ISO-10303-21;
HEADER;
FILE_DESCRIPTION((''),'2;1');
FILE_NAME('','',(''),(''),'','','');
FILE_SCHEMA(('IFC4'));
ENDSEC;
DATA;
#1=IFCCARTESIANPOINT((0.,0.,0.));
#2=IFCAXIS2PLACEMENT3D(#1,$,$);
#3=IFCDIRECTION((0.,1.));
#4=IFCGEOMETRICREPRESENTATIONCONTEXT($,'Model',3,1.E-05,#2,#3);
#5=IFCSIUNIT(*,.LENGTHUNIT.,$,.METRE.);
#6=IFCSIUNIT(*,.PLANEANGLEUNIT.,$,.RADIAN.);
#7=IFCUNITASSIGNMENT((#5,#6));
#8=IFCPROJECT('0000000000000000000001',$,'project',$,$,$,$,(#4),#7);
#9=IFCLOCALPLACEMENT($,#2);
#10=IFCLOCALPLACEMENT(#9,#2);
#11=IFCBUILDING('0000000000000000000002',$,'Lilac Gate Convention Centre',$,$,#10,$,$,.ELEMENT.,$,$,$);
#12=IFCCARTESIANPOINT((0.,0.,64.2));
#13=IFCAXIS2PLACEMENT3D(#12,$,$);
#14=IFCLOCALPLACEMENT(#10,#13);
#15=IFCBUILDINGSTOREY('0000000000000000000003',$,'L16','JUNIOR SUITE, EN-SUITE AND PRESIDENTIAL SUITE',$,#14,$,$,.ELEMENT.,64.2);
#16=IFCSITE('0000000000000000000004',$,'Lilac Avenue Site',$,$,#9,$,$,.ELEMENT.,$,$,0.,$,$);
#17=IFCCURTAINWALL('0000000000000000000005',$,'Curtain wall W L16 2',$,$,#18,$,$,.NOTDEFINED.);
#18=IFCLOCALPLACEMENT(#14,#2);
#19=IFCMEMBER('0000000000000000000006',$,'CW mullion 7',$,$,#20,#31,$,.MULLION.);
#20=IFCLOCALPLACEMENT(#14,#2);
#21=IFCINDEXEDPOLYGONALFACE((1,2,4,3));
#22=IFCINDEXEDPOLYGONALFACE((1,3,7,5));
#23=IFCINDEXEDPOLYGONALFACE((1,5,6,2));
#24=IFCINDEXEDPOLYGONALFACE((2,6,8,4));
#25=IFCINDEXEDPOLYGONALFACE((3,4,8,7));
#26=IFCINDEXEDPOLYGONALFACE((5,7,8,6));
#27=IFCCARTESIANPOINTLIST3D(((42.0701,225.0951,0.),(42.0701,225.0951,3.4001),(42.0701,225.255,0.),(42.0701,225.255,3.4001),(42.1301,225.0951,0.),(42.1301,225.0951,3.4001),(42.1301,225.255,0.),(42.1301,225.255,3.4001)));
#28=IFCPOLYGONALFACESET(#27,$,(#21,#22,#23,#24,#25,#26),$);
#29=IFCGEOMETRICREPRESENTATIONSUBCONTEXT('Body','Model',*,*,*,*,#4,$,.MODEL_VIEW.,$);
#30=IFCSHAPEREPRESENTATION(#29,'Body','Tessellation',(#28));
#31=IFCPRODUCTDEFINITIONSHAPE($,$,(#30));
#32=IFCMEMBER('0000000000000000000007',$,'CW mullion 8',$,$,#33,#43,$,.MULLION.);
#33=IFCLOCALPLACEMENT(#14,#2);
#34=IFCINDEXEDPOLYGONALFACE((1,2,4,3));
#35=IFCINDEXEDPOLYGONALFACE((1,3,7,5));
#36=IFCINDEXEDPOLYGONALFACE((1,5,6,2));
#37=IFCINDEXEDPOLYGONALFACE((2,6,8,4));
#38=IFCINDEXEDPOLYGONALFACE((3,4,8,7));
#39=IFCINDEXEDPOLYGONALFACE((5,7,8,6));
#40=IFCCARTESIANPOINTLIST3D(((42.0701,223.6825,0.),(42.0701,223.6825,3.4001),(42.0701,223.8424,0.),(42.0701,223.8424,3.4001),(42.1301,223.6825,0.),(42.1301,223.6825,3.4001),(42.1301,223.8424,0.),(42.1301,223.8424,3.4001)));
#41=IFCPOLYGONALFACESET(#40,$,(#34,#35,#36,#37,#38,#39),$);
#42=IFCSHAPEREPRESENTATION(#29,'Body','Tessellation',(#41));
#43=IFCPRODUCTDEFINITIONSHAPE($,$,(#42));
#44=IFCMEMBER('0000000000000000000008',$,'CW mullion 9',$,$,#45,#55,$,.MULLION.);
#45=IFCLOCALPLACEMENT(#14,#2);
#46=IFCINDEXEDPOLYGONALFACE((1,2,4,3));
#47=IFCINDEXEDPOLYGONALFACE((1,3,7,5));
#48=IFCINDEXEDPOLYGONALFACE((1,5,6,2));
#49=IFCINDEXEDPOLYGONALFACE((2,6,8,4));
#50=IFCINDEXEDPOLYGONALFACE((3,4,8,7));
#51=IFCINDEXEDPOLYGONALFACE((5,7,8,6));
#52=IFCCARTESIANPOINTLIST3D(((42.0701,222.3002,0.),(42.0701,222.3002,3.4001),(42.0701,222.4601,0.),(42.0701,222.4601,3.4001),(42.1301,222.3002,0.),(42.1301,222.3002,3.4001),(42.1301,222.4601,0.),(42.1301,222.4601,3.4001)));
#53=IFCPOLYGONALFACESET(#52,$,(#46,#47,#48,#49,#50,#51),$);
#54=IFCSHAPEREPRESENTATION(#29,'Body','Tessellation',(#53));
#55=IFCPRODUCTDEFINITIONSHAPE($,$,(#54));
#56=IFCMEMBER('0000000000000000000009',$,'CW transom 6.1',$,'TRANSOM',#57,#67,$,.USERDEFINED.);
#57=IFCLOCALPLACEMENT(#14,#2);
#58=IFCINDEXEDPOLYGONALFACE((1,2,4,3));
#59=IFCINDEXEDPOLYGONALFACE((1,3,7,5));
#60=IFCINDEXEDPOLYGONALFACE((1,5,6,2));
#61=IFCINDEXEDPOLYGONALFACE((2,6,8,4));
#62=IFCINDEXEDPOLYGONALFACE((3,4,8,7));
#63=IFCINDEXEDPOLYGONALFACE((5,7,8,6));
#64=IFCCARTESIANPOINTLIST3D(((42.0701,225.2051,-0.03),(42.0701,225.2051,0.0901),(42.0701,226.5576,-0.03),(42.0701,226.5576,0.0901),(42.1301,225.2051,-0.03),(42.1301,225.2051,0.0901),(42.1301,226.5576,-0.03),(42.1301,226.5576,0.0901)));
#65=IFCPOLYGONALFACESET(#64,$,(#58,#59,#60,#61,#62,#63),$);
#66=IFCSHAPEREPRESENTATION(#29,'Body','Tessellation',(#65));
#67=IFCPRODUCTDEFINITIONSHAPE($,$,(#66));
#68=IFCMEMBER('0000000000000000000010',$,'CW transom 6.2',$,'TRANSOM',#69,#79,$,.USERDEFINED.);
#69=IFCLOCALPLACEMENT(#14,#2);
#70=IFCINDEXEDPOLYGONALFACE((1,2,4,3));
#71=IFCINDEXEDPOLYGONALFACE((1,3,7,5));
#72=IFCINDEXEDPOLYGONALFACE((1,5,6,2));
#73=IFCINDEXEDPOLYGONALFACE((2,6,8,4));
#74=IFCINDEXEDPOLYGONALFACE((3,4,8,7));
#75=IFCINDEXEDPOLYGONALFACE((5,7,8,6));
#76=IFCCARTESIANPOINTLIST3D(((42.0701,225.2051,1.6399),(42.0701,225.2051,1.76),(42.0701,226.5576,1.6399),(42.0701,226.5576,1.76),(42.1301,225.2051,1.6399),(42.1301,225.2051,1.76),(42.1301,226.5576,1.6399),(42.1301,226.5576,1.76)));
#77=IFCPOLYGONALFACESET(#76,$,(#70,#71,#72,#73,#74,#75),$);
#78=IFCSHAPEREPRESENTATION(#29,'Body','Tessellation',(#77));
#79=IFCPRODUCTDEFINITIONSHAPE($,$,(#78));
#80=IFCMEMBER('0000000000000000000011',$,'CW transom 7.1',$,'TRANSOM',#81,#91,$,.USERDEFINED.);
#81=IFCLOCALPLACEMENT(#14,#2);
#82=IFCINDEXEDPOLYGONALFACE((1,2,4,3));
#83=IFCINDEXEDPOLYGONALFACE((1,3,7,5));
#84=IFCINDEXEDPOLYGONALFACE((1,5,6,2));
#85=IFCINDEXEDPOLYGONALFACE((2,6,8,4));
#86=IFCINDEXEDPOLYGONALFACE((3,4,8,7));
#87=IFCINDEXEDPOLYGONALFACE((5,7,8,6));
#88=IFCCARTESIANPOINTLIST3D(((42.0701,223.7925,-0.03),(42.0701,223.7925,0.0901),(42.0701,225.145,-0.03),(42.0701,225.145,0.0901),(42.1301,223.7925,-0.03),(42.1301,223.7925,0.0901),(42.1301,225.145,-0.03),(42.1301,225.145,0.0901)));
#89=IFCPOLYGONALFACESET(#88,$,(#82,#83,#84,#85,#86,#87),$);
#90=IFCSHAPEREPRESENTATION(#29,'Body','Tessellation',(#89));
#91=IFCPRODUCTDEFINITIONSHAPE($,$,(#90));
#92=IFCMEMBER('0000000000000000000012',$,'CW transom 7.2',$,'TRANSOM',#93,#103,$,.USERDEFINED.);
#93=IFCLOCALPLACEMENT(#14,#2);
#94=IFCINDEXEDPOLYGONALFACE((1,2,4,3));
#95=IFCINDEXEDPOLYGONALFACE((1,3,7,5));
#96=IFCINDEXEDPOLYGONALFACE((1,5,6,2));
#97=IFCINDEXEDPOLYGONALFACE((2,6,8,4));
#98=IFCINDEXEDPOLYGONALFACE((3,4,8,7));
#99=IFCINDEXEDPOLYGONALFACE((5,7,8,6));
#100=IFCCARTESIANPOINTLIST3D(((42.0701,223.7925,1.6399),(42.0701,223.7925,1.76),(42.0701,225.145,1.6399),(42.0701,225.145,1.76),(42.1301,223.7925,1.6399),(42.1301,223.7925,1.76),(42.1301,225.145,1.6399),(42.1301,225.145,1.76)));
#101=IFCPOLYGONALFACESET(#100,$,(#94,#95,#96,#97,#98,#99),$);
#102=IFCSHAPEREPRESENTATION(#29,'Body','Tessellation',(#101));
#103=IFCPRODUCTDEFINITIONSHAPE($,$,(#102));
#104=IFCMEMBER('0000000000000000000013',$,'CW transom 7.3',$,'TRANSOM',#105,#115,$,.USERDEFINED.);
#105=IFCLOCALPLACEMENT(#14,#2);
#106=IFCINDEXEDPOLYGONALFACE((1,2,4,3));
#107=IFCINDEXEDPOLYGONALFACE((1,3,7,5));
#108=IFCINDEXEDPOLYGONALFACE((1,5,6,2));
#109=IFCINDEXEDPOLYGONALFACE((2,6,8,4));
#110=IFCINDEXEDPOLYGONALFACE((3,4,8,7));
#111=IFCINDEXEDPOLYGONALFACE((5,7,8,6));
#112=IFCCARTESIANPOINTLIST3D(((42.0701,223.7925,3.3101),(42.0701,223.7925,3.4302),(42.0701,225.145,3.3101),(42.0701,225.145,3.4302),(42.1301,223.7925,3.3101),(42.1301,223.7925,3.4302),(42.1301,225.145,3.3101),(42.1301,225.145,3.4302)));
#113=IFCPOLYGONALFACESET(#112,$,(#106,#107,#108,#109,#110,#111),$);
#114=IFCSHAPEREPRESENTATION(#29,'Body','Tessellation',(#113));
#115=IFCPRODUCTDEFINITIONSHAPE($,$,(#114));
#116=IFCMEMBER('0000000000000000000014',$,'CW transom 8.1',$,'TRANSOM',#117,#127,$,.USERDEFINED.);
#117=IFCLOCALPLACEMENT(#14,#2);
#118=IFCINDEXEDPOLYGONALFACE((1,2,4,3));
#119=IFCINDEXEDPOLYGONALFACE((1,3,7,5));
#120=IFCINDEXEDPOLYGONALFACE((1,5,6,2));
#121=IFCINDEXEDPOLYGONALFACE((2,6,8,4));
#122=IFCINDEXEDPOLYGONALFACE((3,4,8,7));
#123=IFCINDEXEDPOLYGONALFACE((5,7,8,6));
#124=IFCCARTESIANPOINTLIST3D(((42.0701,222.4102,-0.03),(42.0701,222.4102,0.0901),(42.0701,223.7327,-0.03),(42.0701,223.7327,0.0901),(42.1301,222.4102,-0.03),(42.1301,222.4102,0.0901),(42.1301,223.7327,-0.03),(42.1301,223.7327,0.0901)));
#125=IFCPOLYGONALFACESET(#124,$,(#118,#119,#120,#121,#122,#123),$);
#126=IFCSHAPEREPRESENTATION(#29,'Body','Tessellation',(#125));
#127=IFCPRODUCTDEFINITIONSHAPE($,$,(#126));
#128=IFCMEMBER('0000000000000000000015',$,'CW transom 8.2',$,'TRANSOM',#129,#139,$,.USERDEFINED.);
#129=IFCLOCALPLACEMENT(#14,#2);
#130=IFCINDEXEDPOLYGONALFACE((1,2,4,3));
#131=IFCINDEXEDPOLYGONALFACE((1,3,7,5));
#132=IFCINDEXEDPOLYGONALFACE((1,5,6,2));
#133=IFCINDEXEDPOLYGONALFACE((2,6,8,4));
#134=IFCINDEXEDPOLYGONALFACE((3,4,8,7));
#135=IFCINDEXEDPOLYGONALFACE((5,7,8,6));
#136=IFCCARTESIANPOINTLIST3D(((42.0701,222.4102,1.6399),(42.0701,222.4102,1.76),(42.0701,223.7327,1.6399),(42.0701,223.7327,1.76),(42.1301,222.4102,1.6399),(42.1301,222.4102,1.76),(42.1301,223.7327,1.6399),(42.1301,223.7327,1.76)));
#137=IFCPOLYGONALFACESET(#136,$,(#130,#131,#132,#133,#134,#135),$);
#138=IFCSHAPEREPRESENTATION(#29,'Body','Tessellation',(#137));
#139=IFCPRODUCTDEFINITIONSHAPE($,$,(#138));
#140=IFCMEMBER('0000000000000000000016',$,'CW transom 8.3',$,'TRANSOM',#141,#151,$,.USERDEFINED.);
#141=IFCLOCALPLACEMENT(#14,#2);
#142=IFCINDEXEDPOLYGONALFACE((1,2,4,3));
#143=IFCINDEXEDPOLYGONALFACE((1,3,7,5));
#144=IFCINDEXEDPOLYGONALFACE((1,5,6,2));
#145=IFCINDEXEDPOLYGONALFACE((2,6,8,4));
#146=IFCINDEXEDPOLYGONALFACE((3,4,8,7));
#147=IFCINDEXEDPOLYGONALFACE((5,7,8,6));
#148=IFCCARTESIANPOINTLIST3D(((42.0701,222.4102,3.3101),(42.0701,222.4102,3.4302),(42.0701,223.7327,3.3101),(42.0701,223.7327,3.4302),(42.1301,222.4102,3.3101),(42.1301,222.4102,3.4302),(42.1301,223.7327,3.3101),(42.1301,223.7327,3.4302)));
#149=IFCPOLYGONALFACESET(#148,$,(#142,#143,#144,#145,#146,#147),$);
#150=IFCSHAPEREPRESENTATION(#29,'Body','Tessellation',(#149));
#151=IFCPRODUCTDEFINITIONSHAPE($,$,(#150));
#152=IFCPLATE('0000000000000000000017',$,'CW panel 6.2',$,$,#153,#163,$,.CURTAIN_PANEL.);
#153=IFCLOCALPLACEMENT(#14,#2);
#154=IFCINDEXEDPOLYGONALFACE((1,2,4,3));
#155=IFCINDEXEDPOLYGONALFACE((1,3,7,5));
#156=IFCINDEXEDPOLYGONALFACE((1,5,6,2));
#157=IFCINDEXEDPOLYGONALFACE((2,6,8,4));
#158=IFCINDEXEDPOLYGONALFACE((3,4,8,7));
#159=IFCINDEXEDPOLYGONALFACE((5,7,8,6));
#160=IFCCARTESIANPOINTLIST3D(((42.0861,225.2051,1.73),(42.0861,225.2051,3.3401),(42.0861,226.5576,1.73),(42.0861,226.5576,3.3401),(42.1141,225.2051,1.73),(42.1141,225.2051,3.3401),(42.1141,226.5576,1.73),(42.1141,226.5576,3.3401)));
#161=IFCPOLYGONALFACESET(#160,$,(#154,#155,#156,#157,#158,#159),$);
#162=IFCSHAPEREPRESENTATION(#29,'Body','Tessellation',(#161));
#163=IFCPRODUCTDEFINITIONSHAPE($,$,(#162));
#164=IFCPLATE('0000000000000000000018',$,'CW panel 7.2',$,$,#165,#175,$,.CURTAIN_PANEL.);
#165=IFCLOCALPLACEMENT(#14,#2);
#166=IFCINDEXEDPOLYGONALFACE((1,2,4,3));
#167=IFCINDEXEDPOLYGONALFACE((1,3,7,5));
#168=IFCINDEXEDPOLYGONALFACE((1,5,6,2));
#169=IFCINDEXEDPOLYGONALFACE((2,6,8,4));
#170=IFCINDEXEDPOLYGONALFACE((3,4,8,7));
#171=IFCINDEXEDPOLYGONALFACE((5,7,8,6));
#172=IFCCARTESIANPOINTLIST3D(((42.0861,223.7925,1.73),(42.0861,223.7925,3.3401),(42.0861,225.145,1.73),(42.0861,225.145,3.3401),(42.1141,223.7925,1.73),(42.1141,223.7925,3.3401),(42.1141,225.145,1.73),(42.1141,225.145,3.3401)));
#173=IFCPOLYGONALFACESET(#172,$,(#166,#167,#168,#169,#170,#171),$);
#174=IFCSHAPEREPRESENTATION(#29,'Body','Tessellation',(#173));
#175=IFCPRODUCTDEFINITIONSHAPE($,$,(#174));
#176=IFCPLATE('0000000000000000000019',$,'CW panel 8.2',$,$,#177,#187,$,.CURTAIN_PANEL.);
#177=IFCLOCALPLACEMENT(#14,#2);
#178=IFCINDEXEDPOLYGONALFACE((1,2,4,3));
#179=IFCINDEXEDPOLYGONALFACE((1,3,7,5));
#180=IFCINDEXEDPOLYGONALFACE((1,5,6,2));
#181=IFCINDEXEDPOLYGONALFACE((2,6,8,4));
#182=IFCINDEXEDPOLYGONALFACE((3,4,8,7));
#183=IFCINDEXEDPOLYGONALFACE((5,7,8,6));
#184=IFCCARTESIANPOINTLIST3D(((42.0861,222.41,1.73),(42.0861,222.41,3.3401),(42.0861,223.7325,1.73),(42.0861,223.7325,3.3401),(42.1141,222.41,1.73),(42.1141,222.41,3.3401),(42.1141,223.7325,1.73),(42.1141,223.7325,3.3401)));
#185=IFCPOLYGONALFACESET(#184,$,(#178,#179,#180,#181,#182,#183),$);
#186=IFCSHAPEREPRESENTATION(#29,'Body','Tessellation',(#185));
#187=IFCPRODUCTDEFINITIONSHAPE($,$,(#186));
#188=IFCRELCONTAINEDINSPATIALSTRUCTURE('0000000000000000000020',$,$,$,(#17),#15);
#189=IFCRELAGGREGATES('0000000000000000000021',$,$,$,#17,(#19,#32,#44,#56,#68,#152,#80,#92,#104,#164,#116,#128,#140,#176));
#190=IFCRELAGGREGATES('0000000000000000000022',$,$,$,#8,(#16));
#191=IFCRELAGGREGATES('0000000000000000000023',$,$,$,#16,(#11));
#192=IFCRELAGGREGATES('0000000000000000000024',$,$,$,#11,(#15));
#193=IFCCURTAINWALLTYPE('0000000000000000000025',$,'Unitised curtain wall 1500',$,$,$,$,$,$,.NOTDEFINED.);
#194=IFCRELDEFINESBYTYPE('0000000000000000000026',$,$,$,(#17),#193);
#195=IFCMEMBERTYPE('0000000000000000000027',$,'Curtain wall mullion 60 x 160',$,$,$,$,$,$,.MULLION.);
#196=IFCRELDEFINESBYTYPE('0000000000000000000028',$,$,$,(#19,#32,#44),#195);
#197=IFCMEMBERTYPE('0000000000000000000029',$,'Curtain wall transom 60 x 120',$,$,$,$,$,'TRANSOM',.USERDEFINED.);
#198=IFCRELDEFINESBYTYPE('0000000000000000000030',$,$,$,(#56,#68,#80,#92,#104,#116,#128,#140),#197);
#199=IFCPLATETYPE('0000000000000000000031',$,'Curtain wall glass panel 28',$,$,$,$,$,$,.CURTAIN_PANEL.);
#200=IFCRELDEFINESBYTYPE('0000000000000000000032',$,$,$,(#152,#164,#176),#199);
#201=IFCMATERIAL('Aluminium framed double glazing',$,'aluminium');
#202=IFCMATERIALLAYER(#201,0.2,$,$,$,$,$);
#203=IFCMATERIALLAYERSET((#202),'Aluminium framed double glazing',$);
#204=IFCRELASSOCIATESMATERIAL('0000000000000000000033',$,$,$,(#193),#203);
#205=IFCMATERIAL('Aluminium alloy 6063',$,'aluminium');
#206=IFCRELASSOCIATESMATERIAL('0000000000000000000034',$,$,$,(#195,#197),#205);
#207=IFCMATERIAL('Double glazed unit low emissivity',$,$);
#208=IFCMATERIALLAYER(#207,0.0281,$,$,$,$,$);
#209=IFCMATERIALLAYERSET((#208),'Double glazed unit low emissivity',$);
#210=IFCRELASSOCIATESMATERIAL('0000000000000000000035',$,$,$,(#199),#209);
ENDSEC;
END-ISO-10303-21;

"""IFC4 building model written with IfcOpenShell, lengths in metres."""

from ifc_helpers import new_model, si_unit, direction, frame, origin, origin_2d, place, context, subcontext, project, spatial, rectangle, extrude, material, layer, layer_set, material_profile, profile_set, type_object, element, aggregate, save


model = new_model("IFC4")

# Units and contexts
model_context = context("Model", 3, precision=1e-05, world=origin(), true_north=direction((0.0, 1.0)))
body_context = subcontext(model_context, "Body", "Model", "MODEL_VIEW")
ifc_project = project(units=[si_unit("LENGTHUNIT", "METRE"), si_unit("PLANEANGLEUNIT", "RADIAN")], contexts=[model_context])

# Site, building, storey
site_placement = place(None, origin())
site = spatial("IfcSite", under=ifc_project, at=site_placement, Name="Lilac Avenue Site", CompositionType="ELEMENT", RefElevation=0.0)
building_placement = place(site_placement, origin())
building = spatial("IfcBuilding", under=site, at=building_placement, Name="Lilac Gate Convention Centre", CompositionType="ELEMENT")
storey_placement = place(building_placement, frame((0.0, 0.0, 64.2)))
storey = spatial("IfcBuildingStorey", under=building, at=storey_placement, Name="L16", Description="JUNIOR SUITE, EN-SUITE AND PRESIDENTIAL SUITE", CompositionType="ELEMENT", Elevation=64.2)

# Curtain wall, members, plates
ifc_material_1 = material(Name="Aluminium framed double glazing", Category="aluminium")
ifc_layer_1 = layer(ifc_material_1, 0.2)
ifc_layer_set_1 = layer_set([ifc_layer_1], Name="Aluminium framed double glazing")
curtain_wall_type = type_object("IfcCurtainWallType", Name="Unitised curtain wall 1500", PredefinedType="NOTDEFINED", material=ifc_layer_set_1)
curtain_wall_placement = place(storey_placement, origin())
curtain_wall = element("IfcCurtainWall", 1, at=curtain_wall_placement, inside=storey, type_object=curtain_wall_type, Name="Curtain wall W L16 2", PredefinedType="NOTDEFINED")
ifc_material_2 = material(Name="Aluminium alloy 6063", Category="aluminium")
ifc_material_profile_1 = material_profile(ifc_material_2, rectangle(XDim=0.0601, YDim=0.1599, at=origin_2d()), Name="Curtain wall mullion 60 x 160")
ifc_profile_set_1 = profile_set([ifc_material_profile_1], Name="Aluminium alloy 6063")
member_type_1 = type_object("IfcMemberType", Name="Curtain wall mullion 60 x 160", PredefinedType="MULLION", material=ifc_profile_set_1)
member_1_placement = place(storey_placement, frame((42.1001, 225.175, 0.0), z_axis=(0.0, 0.0, 1.0), x_axis=(1.0, 0.0, 0.0)))
member_1 = element("IfcMember", 2, at=member_1_placement, type_object=member_type_1, Name="CW mullion 7", PredefinedType="MULLION", context=body_context, shape_type="SweptSolid", body=[
    extrude(rectangle(XDim=0.0601, YDim=0.1599, at=origin_2d()), origin(), (0.0, 0.0, 1.0), 3.4001),
])
member_2_placement = place(storey_placement, frame((42.1001, 223.7625, 0.0), z_axis=(0.0, 0.0, 1.0), x_axis=(1.0, 0.0, 0.0)))
member_2 = element("IfcMember", 3, at=member_2_placement, type_object=member_type_1, Name="CW mullion 8", PredefinedType="MULLION", context=body_context, shape_type="SweptSolid", body=[
    extrude(rectangle(XDim=0.0601, YDim=0.1599, at=origin_2d()), origin(), (0.0, 0.0, 1.0), 3.4001),
])
member_3_placement = place(storey_placement, frame((42.1001, 222.3801, 0.0), z_axis=(0.0, 0.0, 1.0), x_axis=(1.0, 0.0, 0.0)))
member_3 = element("IfcMember", 4, at=member_3_placement, type_object=member_type_1, Name="CW mullion 9", PredefinedType="MULLION", context=body_context, shape_type="SweptSolid", body=[
    extrude(rectangle(XDim=0.0601, YDim=0.1599, at=origin_2d()), origin(), (0.0, 0.0, 1.0), 3.4001),
])
ifc_material_profile_2 = material_profile(ifc_material_2, rectangle(XDim=0.0601, YDim=0.1201, at=origin_2d()), Name="Curtain wall transom 60 x 120")
ifc_profile_set_2 = profile_set([ifc_material_profile_2], Name="Aluminium alloy 6063")
member_type_2 = type_object("IfcMemberType", Name="Curtain wall transom 60 x 120", ElementType="TRANSOM", PredefinedType="USERDEFINED", material=ifc_profile_set_2)
member_4_placement = place(storey_placement, frame((42.1001, 226.5576, 0.03), z_axis=(0.0, -1.0, 0.0), x_axis=(1.0, 0.0, 0.0)))
member_4 = element("IfcMember", 5, at=member_4_placement, type_object=member_type_2, Name="CW transom 6.1", ObjectType="TRANSOM", PredefinedType="USERDEFINED", context=body_context, shape_type="SweptSolid", body=[
    extrude(rectangle(XDim=0.0601, YDim=0.1201, at=origin_2d()), origin(), (0.0, 0.0, 1.0), 1.3525),
])
member_5_placement = place(storey_placement, frame((42.1001, 226.5576, 1.7), z_axis=(0.0, -1.0, 0.0), x_axis=(1.0, 0.0, 0.0)))
member_5 = element("IfcMember", 6, at=member_5_placement, type_object=member_type_2, Name="CW transom 6.2", ObjectType="TRANSOM", PredefinedType="USERDEFINED", context=body_context, shape_type="SweptSolid", body=[
    extrude(rectangle(XDim=0.0601, YDim=0.1201, at=origin_2d()), origin(), (0.0, 0.0, 1.0), 1.3525),
])
member_6_placement = place(storey_placement, frame((42.1001, 225.145, 0.03), z_axis=(0.0, -1.0, 0.0), x_axis=(1.0, 0.0, 0.0)))
member_6 = element("IfcMember", 7, at=member_6_placement, type_object=member_type_2, Name="CW transom 7.1", ObjectType="TRANSOM", PredefinedType="USERDEFINED", context=body_context, shape_type="SweptSolid", body=[
    extrude(rectangle(XDim=0.0601, YDim=0.1201, at=origin_2d()), origin(), (0.0, 0.0, 1.0), 1.3525),
])
member_7_placement = place(storey_placement, frame((42.1001, 225.145, 1.7), z_axis=(0.0, -1.0, 0.0), x_axis=(1.0, 0.0, 0.0)))
member_7 = element("IfcMember", 8, at=member_7_placement, type_object=member_type_2, Name="CW transom 7.2", ObjectType="TRANSOM", PredefinedType="USERDEFINED", context=body_context, shape_type="SweptSolid", body=[
    extrude(rectangle(XDim=0.0601, YDim=0.1201, at=origin_2d()), origin(), (0.0, 0.0, 1.0), 1.3525),
])
member_8_placement = place(storey_placement, frame((42.1001, 225.145, 3.3701), z_axis=(0.0, -1.0, 0.0), x_axis=(1.0, 0.0, 0.0)))
member_8 = element("IfcMember", 9, at=member_8_placement, type_object=member_type_2, Name="CW transom 7.3", ObjectType="TRANSOM", PredefinedType="USERDEFINED", context=body_context, shape_type="SweptSolid", body=[
    extrude(rectangle(XDim=0.0601, YDim=0.1201, at=origin_2d()), origin(), (0.0, 0.0, 1.0), 1.3525),
])
member_9_placement = place(storey_placement, frame((42.1001, 223.7327, 0.03), z_axis=(0.0, -1.0, 0.0), x_axis=(1.0, 0.0, 0.0)))
member_9 = element("IfcMember", 10, at=member_9_placement, type_object=member_type_2, Name="CW transom 8.1", ObjectType="TRANSOM", PredefinedType="USERDEFINED", context=body_context, shape_type="SweptSolid", body=[
    extrude(rectangle(XDim=0.0601, YDim=0.1201, at=origin_2d()), origin(), (0.0, 0.0, 1.0), 1.3225),
])
member_10_placement = place(storey_placement, frame((42.1001, 223.7327, 1.7), z_axis=(0.0, -1.0, 0.0), x_axis=(1.0, 0.0, 0.0)))
member_10 = element("IfcMember", 11, at=member_10_placement, type_object=member_type_2, Name="CW transom 8.2", ObjectType="TRANSOM", PredefinedType="USERDEFINED", context=body_context, shape_type="SweptSolid", body=[
    extrude(rectangle(XDim=0.0601, YDim=0.1201, at=origin_2d()), origin(), (0.0, 0.0, 1.0), 1.3225),
])
member_11_placement = place(storey_placement, frame((42.1001, 223.7327, 3.3701), z_axis=(0.0, -1.0, 0.0), x_axis=(1.0, 0.0, 0.0)))
member_11 = element("IfcMember", 12, at=member_11_placement, type_object=member_type_2, Name="CW transom 8.3", ObjectType="TRANSOM", PredefinedType="USERDEFINED", context=body_context, shape_type="SweptSolid", body=[
    extrude(rectangle(XDim=0.0601, YDim=0.1201, at=origin_2d()), origin(), (0.0, 0.0, 1.0), 1.3225),
])
ifc_material_3 = material(Name="Double glazed unit low emissivity")
ifc_layer_2 = layer(ifc_material_3, 0.0281)
ifc_layer_set_2 = layer_set([ifc_layer_2], Name="Double glazed unit low emissivity")
plate_type_1 = type_object("IfcPlateType", Name="Curtain wall glass panel 28", PredefinedType="CURTAIN_PANEL", material=ifc_layer_set_2)
plate_1_placement = place(storey_placement, frame((42.1001, 225.8813, 1.73), z_axis=(0.0, 0.0, 1.0), x_axis=(0.0, -1.0, 0.0)))
plate_1 = element("IfcPlate", 13, at=plate_1_placement, type_object=plate_type_1, Name="CW panel 6.2", PredefinedType="CURTAIN_PANEL", context=body_context, shape_type="SweptSolid", body=[
    extrude(rectangle(XDim=1.3525, YDim=0.0281, at=origin_2d()), origin(), (0.0, 0.0, 1.0), 1.6101),
])
plate_2_placement = place(storey_placement, frame((42.1001, 224.4688, 1.73), z_axis=(0.0, 0.0, 1.0), x_axis=(0.0, -1.0, 0.0)))
plate_2 = element("IfcPlate", 14, at=plate_2_placement, type_object=plate_type_1, Name="CW panel 7.2", PredefinedType="CURTAIN_PANEL", context=body_context, shape_type="SweptSolid", body=[
    extrude(rectangle(XDim=1.3525, YDim=0.0281, at=origin_2d()), origin(), (0.0, 0.0, 1.0), 1.6101),
])
plate_3_placement = place(storey_placement, frame((42.1001, 223.0713, 1.73), z_axis=(0.0, 0.0, 1.0), x_axis=(0.0, -1.0, 0.0)))
plate_3 = element("IfcPlate", 15, at=plate_3_placement, type_object=plate_type_1, Name="CW panel 8.2", PredefinedType="CURTAIN_PANEL", context=body_context, shape_type="SweptSolid", body=[
    extrude(rectangle(XDim=1.3225, YDim=0.0281, at=origin_2d()), origin(), (0.0, 0.0, 1.0), 1.6101),
])
aggregate(curtain_wall, [member_1, member_2, member_3, member_4, member_5, plate_1, member_6, member_7, member_8, plate_2, member_9, member_10, member_11, plate_3])

save(model, "model.ifc")
